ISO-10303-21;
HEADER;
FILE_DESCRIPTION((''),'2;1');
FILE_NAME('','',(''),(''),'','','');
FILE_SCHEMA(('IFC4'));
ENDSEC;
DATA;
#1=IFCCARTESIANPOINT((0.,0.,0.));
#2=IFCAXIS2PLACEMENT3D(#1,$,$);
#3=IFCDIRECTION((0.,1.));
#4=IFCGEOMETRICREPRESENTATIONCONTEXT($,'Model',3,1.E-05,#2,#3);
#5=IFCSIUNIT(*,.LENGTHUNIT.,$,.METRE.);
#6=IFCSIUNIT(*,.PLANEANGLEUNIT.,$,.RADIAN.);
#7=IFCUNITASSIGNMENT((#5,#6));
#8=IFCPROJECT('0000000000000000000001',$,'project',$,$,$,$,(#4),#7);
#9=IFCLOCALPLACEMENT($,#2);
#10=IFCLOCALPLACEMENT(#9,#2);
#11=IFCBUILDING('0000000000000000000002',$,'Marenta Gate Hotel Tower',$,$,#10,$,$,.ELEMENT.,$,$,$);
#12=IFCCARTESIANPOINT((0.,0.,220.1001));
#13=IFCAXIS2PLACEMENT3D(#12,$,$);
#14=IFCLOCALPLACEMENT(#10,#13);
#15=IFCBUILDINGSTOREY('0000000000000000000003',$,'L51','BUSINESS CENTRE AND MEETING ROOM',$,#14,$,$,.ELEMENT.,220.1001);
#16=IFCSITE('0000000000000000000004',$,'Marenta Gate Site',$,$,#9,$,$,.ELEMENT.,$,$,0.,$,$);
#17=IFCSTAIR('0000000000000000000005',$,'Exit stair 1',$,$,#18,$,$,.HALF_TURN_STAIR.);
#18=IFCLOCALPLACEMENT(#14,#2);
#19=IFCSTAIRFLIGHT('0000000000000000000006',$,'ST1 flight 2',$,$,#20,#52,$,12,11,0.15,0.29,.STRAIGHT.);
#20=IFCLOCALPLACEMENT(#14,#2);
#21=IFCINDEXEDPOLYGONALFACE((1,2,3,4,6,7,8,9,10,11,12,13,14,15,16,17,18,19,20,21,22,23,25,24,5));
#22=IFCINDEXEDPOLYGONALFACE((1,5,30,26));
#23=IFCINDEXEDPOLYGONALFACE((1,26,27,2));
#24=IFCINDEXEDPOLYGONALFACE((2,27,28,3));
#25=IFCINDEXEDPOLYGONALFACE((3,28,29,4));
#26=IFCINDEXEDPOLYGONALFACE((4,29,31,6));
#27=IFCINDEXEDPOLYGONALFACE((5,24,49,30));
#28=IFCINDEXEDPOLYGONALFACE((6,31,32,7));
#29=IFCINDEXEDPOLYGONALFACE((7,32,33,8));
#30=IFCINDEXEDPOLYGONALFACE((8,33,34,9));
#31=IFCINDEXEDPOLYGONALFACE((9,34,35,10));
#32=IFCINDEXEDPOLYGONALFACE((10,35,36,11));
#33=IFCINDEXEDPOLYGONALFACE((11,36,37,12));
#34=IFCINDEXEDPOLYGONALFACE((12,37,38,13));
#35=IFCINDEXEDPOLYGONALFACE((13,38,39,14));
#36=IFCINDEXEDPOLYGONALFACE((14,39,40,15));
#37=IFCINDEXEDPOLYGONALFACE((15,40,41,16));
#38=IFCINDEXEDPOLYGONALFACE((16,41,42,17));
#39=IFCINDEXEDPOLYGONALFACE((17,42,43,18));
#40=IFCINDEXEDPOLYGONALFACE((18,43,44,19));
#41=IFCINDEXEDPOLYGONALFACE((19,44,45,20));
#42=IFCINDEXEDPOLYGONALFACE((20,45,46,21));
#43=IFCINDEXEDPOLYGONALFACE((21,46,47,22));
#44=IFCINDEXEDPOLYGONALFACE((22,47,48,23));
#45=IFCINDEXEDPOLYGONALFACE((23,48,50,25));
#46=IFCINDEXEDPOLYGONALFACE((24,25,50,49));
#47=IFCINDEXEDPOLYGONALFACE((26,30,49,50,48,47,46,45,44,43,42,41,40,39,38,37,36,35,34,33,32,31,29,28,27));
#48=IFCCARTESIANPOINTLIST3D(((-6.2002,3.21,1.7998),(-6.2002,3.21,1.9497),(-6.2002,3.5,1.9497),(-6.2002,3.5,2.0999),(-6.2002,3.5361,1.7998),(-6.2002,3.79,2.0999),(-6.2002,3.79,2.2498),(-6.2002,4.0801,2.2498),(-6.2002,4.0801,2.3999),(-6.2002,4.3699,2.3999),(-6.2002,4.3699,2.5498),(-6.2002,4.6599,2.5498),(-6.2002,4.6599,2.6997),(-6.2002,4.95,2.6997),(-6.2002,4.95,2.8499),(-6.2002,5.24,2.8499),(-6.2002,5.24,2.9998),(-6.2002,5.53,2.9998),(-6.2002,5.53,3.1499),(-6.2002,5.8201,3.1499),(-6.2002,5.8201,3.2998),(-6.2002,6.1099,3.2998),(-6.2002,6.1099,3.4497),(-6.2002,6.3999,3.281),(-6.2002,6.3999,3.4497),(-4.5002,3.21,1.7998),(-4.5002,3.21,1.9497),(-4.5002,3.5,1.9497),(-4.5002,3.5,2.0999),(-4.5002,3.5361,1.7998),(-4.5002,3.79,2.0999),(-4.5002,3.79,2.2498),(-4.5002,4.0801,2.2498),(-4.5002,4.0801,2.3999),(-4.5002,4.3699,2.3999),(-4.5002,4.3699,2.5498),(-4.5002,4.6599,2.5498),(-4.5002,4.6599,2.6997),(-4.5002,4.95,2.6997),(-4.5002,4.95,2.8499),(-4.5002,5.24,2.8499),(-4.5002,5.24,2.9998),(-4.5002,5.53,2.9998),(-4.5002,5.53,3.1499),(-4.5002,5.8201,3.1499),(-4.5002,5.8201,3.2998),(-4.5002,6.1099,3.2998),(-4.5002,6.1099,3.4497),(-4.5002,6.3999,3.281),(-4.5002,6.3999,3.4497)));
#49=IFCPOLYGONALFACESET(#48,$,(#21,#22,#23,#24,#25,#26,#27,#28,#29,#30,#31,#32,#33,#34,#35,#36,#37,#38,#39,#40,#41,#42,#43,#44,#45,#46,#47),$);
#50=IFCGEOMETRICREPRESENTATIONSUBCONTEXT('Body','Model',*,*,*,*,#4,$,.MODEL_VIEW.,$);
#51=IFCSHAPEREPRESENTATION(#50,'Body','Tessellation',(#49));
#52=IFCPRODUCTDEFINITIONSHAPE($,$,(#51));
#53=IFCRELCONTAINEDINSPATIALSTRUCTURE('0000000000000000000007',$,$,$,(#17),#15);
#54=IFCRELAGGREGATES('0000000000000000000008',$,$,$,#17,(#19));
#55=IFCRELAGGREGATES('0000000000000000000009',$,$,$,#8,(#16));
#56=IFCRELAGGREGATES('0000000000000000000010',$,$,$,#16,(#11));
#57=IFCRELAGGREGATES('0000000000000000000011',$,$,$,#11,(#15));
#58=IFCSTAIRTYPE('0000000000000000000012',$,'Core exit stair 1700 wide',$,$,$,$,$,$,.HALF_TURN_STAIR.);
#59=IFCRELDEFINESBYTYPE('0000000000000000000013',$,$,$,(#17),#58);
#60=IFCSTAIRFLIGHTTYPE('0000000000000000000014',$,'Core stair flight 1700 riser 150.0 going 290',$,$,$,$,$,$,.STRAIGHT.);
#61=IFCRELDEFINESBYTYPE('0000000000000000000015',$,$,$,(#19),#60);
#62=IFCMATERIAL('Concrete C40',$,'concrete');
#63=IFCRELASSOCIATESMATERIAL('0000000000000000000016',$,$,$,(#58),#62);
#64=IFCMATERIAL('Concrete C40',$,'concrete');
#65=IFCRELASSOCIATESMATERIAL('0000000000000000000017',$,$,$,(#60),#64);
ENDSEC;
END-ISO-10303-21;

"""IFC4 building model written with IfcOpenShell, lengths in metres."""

from ifc_helpers import new_model, si_unit, direction, frame, origin, place, context, subcontext, project, spatial, polyline, outline, extrude, material, type_object, element, aggregate, save


model = new_model("IFC4")

# Units and contexts
model_context = context("Model", 3, precision=1e-05, world=origin(), true_north=direction((0.0, 1.0)))
body_context = subcontext(model_context, "Body", "Model", "MODEL_VIEW")
ifc_project = project(units=[si_unit("LENGTHUNIT", "METRE"), si_unit("PLANEANGLEUNIT", "RADIAN")], contexts=[model_context])

# Site, building, storey
site_placement = place(None, origin())
site = spatial("IfcSite", under=ifc_project, at=site_placement, Name="Marenta Gate Site", CompositionType="ELEMENT", RefElevation=0.0)
building_placement = place(site_placement, origin())
building = spatial("IfcBuilding", under=site, at=building_placement, Name="Marenta Gate Hotel Tower", CompositionType="ELEMENT")
storey_placement = place(building_placement, frame((0.0, 0.0, 220.1001)))
storey = spatial("IfcBuildingStorey", under=building, at=storey_placement, Name="L51", Description="BUSINESS CENTRE AND MEETING ROOM", CompositionType="ELEMENT", Elevation=220.1001)

# Stair, stair flight
ifc_material_1 = material(Name="Concrete C40", Category="concrete")
stair_type = type_object("IfcStairType", Name="Core exit stair 1700 wide", PredefinedType="HALF_TURN_STAIR", material=ifc_material_1)
stair_placement = place(storey_placement, origin())
stair = element("IfcStair", 1, at=stair_placement, inside=storey, type_object=stair_type, Name="Exit stair 1", PredefinedType="HALF_TURN_STAIR")
ifc_material_2 = material(Name="Concrete C40", Category="concrete")
stair_flight_type = type_object("IfcStairFlightType", Name="Core stair flight 1700 riser 150.0 going 290", PredefinedType="STRAIGHT", material=ifc_material_2)
stair_flight_1_placement = place(storey_placement, frame((-5.3501, 3.21, 1.7998), z_axis=(0.0, 0.0, 1.0), x_axis=(0.0, 1.0, 0.0)))
stair_flight_1 = element("IfcStairFlight", 2, at=stair_flight_1_placement, type_object=stair_flight_type, Name="ST1 flight 2", NumberOfRisers=12, NumberOfTreads=11, PredefinedType="STRAIGHT", RiserHeight=0.15, TreadLength=0.29, context=body_context, shape_type="SweptSolid", body=[
    extrude(outline(polyline([(0.0, 0.0), (0.0, 0.1499), (0.29, 0.1499), (0.29, 0.3), (0.5801, 0.3), (0.5801, 0.45), (0.8701, 0.45), (0.8701, 0.6001), (1.1599, 0.6001), (1.1599, 0.75), (1.45, 0.75), (1.45, 0.8999), (1.74, 0.8999), (1.74, 1.05), (2.03, 1.05), (2.03, 1.2), (2.3201, 1.2), (2.3201, 1.3501), (2.6101, 1.3501), (2.6101, 1.5), (2.8999, 1.5), (2.8999, 1.6499), (3.1899, 1.6499), (3.1899, 1.8), (3.1899, 1.4812), (0.3262, 0.0), (0.0, 0.0)])), frame((0.0, 0.8501, 0.0), z_axis=(0.0, -1.0, 0.0), x_axis=(1.0, 0.0, 0.0)), (0.0, 0.0, 1.0), 1.7),
])
aggregate(stair, [stair_flight_1])

save(model, "model.ifc")
